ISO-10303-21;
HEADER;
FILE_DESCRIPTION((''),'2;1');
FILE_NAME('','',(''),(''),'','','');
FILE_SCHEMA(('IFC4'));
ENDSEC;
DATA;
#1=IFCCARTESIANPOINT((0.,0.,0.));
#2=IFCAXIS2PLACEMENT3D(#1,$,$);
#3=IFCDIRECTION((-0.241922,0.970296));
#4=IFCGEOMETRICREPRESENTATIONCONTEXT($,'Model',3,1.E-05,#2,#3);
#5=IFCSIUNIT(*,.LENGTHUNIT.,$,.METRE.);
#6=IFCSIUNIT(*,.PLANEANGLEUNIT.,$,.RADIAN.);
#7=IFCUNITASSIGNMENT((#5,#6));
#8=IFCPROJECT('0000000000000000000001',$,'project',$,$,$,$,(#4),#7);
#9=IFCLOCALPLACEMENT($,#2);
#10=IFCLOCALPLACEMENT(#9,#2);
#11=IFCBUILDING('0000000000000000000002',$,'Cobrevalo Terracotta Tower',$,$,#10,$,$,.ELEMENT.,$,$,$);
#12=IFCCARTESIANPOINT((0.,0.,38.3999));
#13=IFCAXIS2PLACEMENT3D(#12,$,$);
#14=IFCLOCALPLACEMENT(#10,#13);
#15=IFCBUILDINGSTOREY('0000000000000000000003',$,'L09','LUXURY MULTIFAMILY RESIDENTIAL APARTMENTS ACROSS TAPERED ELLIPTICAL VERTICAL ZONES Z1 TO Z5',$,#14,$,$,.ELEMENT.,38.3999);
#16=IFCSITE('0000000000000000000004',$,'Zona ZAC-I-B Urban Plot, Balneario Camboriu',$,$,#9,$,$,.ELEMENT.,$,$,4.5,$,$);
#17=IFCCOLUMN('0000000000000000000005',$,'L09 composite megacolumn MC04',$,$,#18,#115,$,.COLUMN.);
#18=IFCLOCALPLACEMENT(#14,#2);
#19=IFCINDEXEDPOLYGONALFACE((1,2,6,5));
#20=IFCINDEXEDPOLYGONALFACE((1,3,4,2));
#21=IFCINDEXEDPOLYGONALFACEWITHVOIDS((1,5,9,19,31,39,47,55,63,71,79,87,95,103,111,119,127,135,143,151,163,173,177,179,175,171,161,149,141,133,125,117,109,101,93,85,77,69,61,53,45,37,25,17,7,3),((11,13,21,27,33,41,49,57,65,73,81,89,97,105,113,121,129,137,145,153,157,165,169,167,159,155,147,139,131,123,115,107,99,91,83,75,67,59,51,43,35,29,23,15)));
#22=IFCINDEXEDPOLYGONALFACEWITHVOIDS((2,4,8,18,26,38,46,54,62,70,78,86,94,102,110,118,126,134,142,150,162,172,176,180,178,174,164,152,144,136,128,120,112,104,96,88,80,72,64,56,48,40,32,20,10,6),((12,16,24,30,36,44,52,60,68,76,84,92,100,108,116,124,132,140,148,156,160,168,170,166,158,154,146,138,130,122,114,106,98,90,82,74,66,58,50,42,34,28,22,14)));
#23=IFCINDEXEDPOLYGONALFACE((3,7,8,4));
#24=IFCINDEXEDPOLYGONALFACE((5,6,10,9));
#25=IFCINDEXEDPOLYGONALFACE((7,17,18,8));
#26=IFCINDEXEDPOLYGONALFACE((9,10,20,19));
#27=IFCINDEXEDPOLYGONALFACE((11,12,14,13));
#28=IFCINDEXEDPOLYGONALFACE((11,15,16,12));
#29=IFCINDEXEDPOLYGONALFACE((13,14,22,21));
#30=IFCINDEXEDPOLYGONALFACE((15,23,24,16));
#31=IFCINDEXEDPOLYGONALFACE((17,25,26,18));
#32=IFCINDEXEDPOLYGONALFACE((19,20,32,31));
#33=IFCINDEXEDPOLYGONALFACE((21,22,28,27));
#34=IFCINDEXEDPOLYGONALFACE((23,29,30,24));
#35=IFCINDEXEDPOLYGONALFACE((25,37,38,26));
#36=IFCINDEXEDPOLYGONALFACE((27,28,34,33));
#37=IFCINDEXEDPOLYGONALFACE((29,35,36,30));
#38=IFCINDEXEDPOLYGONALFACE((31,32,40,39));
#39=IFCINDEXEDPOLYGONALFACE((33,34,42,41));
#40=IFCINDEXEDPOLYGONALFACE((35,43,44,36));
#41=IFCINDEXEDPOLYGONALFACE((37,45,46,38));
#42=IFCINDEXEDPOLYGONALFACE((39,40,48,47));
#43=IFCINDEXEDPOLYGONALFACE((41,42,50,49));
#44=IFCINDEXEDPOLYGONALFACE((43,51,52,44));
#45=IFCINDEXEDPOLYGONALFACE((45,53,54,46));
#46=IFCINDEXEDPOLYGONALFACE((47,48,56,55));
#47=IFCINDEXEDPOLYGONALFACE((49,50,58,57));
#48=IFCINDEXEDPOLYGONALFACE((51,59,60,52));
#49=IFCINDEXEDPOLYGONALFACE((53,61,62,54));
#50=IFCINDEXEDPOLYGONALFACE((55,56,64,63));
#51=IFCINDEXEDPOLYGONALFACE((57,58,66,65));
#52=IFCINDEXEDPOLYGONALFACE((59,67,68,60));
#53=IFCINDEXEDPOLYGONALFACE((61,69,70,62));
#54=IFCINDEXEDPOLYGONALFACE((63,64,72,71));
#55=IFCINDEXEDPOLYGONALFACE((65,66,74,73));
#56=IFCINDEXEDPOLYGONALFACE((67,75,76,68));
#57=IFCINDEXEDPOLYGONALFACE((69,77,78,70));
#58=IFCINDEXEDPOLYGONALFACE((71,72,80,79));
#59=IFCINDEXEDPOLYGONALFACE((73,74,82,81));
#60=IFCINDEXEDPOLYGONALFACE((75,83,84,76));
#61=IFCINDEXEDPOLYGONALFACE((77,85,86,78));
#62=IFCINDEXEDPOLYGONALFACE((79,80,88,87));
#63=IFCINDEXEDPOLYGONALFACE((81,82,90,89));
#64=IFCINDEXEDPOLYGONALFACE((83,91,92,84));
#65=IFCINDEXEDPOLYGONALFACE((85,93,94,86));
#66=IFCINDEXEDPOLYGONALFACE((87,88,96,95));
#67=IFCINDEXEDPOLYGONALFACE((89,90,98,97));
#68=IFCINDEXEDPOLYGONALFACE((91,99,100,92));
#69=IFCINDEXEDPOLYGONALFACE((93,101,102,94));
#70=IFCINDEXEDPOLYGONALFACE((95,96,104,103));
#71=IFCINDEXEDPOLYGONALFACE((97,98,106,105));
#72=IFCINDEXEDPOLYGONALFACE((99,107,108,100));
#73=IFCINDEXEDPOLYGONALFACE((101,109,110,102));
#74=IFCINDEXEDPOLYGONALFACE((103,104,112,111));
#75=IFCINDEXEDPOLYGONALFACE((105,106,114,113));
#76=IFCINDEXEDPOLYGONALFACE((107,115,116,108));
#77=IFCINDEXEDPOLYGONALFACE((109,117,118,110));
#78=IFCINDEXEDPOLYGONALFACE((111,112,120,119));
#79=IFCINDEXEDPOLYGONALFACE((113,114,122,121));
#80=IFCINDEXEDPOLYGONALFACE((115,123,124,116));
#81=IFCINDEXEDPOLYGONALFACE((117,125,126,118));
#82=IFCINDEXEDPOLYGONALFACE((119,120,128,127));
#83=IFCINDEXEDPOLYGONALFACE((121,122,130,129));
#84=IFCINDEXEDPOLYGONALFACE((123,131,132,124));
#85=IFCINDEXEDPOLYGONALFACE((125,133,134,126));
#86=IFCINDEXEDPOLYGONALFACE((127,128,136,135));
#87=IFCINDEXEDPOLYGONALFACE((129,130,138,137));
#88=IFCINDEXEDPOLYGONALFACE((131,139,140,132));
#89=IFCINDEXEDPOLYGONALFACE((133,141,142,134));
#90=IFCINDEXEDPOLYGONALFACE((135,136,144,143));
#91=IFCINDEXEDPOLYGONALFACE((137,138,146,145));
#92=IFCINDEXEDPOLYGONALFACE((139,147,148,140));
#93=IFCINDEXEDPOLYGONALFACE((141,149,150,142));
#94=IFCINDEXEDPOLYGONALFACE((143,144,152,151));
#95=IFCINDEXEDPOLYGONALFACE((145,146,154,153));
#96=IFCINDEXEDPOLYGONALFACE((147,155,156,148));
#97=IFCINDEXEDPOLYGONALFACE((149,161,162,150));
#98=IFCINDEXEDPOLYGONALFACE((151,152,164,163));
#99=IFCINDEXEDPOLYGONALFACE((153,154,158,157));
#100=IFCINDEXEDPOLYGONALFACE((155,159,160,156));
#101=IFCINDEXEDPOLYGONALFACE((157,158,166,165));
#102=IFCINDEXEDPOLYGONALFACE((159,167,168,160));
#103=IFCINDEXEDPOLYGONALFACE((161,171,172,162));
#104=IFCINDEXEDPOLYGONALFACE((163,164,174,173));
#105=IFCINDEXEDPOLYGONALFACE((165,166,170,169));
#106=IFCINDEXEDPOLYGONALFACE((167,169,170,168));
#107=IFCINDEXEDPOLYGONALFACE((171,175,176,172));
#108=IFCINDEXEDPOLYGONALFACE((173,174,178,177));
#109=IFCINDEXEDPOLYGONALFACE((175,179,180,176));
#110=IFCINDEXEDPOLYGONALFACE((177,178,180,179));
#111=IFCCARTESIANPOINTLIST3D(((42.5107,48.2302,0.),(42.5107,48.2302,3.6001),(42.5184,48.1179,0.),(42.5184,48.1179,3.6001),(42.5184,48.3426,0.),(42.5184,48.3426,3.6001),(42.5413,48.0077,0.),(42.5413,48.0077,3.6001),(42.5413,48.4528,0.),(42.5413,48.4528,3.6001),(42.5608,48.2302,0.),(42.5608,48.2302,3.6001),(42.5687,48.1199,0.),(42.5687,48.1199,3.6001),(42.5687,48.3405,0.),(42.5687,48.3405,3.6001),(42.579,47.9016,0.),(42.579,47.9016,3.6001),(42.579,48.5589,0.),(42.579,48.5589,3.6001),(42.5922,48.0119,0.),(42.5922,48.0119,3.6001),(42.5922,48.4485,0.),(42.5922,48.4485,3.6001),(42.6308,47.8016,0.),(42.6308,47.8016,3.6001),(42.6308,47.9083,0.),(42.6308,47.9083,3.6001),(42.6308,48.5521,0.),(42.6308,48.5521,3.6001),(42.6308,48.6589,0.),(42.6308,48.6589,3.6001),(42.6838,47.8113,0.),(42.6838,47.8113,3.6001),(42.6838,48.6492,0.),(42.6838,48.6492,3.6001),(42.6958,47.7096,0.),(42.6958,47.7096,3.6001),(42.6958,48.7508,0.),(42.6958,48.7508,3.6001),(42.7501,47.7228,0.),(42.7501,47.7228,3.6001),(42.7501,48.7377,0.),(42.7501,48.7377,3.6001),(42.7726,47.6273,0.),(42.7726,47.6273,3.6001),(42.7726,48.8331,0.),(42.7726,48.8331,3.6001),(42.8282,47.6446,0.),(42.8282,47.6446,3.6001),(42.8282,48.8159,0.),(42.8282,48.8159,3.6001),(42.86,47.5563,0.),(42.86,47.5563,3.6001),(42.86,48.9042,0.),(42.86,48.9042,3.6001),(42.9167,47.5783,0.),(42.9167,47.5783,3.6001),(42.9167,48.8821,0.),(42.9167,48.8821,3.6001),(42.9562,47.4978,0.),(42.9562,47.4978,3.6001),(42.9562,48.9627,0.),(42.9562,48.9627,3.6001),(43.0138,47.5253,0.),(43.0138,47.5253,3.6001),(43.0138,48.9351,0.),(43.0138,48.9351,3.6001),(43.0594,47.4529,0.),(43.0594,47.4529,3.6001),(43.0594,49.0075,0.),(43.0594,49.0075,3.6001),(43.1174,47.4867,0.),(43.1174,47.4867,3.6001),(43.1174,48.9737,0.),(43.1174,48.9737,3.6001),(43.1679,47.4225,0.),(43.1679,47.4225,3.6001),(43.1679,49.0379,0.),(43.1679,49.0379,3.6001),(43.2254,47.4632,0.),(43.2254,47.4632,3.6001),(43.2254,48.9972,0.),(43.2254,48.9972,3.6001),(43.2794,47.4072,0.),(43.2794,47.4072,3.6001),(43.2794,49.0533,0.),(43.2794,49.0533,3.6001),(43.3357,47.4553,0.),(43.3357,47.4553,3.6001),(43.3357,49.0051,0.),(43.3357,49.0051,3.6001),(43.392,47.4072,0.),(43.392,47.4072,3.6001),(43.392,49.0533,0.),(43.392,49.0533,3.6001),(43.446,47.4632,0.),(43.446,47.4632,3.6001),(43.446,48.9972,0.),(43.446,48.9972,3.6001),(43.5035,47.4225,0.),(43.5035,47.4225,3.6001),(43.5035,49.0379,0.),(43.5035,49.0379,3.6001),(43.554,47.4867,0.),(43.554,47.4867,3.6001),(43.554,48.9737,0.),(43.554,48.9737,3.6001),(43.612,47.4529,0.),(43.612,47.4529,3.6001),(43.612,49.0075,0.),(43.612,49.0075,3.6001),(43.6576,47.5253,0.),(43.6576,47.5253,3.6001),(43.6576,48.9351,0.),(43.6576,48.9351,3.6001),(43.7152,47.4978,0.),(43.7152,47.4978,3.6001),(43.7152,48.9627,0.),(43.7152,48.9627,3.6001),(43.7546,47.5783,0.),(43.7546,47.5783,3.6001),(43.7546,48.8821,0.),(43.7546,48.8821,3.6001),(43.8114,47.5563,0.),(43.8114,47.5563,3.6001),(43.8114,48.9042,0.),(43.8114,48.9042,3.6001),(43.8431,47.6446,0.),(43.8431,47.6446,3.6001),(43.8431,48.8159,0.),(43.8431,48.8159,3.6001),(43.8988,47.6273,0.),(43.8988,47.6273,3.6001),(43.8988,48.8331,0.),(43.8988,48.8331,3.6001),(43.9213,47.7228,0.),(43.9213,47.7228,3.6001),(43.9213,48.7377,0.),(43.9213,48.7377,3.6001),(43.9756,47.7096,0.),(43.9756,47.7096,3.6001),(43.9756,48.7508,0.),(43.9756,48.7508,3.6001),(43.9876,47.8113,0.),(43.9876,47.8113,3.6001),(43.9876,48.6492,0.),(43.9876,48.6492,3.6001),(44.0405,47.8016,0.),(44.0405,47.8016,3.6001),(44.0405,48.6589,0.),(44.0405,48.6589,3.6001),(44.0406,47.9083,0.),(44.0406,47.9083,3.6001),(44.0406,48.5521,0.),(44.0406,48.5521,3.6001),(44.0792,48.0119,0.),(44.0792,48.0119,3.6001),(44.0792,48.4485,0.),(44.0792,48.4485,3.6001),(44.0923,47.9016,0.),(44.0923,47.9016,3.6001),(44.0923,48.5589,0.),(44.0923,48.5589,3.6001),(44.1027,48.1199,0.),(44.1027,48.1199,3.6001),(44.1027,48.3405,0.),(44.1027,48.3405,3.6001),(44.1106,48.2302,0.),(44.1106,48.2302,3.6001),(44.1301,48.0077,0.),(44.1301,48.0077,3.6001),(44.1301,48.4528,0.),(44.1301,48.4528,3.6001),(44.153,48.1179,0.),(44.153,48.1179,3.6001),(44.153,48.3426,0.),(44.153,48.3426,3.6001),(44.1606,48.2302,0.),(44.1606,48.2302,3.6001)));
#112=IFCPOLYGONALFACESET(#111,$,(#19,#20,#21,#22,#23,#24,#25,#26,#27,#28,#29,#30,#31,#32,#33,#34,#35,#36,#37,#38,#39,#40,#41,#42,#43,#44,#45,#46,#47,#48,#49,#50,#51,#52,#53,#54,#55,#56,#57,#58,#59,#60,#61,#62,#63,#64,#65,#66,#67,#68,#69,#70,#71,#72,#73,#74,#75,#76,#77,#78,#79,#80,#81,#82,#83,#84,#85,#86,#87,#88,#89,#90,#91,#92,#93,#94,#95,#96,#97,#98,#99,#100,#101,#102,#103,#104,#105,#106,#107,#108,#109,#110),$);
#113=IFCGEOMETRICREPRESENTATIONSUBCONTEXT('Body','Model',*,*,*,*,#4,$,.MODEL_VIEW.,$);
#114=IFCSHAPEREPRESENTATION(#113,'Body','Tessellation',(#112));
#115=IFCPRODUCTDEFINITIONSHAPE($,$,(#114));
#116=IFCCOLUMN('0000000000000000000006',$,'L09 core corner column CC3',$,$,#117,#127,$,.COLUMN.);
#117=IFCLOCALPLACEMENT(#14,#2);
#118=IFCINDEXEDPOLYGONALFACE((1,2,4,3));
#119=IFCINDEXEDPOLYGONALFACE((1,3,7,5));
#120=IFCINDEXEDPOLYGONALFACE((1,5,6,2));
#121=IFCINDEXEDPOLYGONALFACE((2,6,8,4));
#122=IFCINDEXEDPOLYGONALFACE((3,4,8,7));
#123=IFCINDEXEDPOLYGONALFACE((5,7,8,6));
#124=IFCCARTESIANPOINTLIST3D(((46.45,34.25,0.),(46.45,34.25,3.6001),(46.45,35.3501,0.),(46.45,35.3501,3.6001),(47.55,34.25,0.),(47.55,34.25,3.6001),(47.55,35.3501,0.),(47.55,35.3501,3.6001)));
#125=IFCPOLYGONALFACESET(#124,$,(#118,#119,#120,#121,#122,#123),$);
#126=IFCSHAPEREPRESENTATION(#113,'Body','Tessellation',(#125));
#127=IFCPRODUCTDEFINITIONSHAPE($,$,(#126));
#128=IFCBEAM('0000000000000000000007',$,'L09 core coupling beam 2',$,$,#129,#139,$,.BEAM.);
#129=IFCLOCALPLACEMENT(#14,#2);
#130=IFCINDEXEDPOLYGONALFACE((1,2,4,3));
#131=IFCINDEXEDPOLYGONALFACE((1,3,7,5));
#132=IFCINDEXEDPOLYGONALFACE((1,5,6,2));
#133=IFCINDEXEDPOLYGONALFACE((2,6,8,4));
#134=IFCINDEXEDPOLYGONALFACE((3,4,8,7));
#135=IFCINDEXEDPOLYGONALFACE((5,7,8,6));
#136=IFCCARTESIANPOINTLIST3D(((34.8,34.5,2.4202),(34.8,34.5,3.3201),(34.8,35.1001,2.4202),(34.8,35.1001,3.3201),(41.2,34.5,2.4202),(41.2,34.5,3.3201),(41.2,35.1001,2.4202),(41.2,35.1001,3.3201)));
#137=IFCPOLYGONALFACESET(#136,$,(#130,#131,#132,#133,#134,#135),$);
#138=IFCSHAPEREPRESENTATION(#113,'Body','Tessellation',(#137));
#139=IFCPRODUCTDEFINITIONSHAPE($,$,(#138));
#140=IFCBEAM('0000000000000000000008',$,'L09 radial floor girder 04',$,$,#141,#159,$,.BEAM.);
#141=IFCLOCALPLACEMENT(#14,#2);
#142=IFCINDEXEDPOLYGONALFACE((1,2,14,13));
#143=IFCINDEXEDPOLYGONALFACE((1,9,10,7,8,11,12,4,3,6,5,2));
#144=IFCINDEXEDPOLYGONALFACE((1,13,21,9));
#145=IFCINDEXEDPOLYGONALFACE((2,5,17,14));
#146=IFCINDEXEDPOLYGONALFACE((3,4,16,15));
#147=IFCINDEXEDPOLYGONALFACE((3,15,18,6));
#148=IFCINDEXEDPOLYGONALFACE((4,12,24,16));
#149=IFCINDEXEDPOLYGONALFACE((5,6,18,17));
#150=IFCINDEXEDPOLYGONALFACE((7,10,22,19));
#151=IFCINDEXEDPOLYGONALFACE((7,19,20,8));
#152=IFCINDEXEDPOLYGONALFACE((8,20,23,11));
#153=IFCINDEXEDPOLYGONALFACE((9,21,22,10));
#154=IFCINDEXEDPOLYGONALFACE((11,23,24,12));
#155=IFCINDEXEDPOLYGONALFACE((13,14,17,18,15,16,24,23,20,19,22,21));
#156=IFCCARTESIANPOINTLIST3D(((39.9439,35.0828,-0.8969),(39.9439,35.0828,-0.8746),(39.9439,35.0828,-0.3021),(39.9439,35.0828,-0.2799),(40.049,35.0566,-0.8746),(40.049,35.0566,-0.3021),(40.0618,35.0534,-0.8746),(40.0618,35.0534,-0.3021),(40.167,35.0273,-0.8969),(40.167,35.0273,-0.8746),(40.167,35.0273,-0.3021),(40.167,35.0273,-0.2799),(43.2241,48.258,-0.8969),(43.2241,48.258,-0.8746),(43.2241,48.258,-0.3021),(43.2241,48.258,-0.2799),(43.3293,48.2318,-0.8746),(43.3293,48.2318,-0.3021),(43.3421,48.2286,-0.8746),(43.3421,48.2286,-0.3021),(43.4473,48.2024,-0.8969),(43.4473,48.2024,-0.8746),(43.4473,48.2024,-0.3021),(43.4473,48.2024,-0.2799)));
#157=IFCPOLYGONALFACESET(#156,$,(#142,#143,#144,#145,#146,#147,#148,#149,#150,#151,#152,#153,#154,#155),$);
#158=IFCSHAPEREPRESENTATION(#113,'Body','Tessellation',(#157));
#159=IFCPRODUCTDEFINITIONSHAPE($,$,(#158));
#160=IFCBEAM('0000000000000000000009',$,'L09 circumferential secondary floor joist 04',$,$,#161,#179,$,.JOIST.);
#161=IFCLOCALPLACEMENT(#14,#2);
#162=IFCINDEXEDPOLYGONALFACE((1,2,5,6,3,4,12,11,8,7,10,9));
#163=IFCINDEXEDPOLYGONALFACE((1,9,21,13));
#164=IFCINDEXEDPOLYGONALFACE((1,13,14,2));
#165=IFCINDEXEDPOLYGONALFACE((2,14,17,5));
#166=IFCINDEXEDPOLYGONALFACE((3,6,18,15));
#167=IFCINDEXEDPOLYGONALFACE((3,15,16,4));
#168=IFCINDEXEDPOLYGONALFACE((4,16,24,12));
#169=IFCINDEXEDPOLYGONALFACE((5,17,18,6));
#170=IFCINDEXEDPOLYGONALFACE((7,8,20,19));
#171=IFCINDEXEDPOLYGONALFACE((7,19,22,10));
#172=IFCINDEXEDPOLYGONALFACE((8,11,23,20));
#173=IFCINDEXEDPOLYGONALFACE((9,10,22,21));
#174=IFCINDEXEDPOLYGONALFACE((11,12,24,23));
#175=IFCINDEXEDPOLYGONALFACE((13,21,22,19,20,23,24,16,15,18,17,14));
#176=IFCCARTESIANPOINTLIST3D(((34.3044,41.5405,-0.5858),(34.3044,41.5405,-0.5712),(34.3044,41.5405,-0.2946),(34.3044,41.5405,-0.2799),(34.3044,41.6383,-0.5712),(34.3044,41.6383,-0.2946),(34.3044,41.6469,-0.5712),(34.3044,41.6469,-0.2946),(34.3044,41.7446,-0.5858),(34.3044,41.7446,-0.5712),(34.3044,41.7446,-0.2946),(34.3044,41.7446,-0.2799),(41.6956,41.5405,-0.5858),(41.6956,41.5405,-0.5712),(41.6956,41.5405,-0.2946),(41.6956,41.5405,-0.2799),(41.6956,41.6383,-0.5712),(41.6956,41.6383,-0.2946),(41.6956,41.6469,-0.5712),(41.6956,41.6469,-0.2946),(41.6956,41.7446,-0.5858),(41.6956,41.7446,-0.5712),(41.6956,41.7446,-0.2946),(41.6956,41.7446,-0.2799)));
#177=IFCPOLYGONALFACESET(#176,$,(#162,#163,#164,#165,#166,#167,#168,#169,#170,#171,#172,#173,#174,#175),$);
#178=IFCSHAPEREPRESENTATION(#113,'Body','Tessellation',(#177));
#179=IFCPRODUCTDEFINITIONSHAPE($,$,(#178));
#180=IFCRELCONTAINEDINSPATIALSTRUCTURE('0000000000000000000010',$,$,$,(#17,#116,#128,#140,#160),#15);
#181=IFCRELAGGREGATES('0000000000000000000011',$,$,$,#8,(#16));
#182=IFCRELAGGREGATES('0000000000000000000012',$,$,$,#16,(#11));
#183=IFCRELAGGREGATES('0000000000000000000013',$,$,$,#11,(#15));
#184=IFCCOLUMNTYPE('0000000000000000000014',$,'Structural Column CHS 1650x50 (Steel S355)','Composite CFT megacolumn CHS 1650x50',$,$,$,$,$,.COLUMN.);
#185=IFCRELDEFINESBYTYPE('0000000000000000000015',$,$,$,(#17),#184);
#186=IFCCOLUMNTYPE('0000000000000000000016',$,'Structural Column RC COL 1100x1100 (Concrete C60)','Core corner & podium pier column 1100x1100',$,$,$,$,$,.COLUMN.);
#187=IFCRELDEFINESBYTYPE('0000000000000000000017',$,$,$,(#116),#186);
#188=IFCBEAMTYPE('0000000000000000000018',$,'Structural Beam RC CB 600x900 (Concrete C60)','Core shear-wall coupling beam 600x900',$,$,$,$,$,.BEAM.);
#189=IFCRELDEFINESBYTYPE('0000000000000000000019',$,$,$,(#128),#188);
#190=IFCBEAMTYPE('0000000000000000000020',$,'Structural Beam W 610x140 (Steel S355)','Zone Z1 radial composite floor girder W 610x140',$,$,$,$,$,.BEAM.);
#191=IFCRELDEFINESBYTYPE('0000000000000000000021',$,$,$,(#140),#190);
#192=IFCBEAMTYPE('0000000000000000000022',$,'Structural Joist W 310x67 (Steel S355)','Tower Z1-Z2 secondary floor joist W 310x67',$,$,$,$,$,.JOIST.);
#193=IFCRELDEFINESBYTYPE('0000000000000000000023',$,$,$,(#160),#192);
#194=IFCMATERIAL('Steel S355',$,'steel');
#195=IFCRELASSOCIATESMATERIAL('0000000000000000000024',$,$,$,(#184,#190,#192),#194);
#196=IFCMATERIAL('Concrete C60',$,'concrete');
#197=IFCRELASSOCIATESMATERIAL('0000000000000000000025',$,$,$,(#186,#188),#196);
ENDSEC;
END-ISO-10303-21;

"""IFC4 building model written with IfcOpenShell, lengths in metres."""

from ifc_helpers import new_model, si_unit, direction, frame, origin, origin_2d, place, context, subcontext, project, spatial, rectangle, hollow_circle, i_section, extrude, material, material_profile, profile_set, type_object, element, save


model = new_model("IFC4")

# Units and contexts
model_context = context("Model", 3, precision=1e-05, world=origin(), true_north=direction((-0.241922, 0.970296)))
body_context = subcontext(model_context, "Body", "Model", "MODEL_VIEW")
ifc_project = project(units=[si_unit("LENGTHUNIT", "METRE"), si_unit("PLANEANGLEUNIT", "RADIAN")], contexts=[model_context])

# Site, building, storey
site_placement = place(None, origin())
site = spatial("IfcSite", under=ifc_project, at=site_placement, Name="Zona ZAC-I-B Urban Plot, Balneario Camboriu", CompositionType="ELEMENT", RefElevation=4.5)
building_placement = place(site_placement, origin())
building = spatial("IfcBuilding", under=site, at=building_placement, Name="Cobrevalo Terracotta Tower", CompositionType="ELEMENT")
storey_placement = place(building_placement, frame((0.0, 0.0, 38.3999)))
storey = spatial("IfcBuildingStorey", under=building, at=storey_placement, Name="L09", Description="LUXURY MULTIFAMILY RESIDENTIAL APARTMENTS ACROSS TAPERED ELLIPTICAL VERTICAL ZONES Z1 TO Z5", CompositionType="ELEMENT", Elevation=38.3999)

# Columns
ifc_material_1 = material(Name="Steel S355", Category="steel")
ifc_material_profile_1 = material_profile(ifc_material_1, hollow_circle(Radius=0.825, WallThickness=0.05, at=origin_2d()), Name="CHS 1650x50")
ifc_profile_set_1 = profile_set([ifc_material_profile_1], Name="Steel S355")
column_type_1 = type_object("IfcColumnType", Name="Structural Column CHS 1650x50 (Steel S355)", Description="Composite CFT megacolumn CHS 1650x50", PredefinedType="COLUMN", material=ifc_profile_set_1)
column_1_placement = place(storey_placement, frame((43.3357, 48.2302, 0.0), z_axis=(0.0, 0.0, 1.0), x_axis=(1.0, 0.0, 0.0)))
element("IfcColumn", 1, at=column_1_placement, inside=storey, type_object=column_type_1, Name="L09 composite megacolumn MC04", PredefinedType="COLUMN", context=body_context, shape_type="SweptSolid", body=[
    extrude(hollow_circle(Radius=0.825, WallThickness=0.05, at=origin_2d()), origin(), (0.0, 0.0, 1.0), 3.6001),
])
ifc_material_2 = material(Name="Concrete C60", Category="concrete")
ifc_material_profile_2 = material_profile(ifc_material_2, rectangle(XDim=1.1001, YDim=1.1001, at=origin_2d()), Name="RC COL 1100x1100")
ifc_profile_set_2 = profile_set([ifc_material_profile_2], Name="Concrete C60")
column_type_2 = type_object("IfcColumnType", Name="Structural Column RC COL 1100x1100 (Concrete C60)", Description="Core corner & podium pier column 1100x1100", PredefinedType="COLUMN", material=ifc_profile_set_2)
column_2_placement = place(storey_placement, frame((47.0, 34.8, 0.0), z_axis=(0.0, 0.0, 1.0), x_axis=(1.0, 0.0, 0.0)))
element("IfcColumn", 2, at=column_2_placement, inside=storey, type_object=column_type_2, Name="L09 core corner column CC3", PredefinedType="COLUMN", context=body_context, shape_type="SweptSolid", body=[
    extrude(rectangle(XDim=1.1001, YDim=1.1001, at=origin_2d()), origin(), (0.0, 0.0, 1.0), 3.6001),
])

# Beams
ifc_material_profile_3 = material_profile(ifc_material_2, rectangle(XDim=0.6001, YDim=0.8999, at=origin_2d()), Name="RC CB 600x900")
ifc_profile_set_3 = profile_set([ifc_material_profile_3], Name="Concrete C60")
beam_type_1 = type_object("IfcBeamType", Name="Structural Beam RC CB 600x900 (Concrete C60)", Description="Core shear-wall coupling beam 600x900", PredefinedType="BEAM", material=ifc_profile_set_3)
beam_1_placement = place(storey_placement, frame((34.8, 34.8, 2.8701), z_axis=(1.0, 0.0, 0.0), x_axis=(0.0, 1.0, 0.0)))
element("IfcBeam", 3, at=beam_1_placement, inside=storey, type_object=beam_type_1, Name="L09 core coupling beam 2", PredefinedType="BEAM", context=body_context, shape_type="SweptSolid", body=[
    extrude(rectangle(XDim=0.6001, YDim=0.8999, at=origin_2d()), origin(), (0.0, 0.0, 1.0), 6.3999),
])
ifc_material_profile_4 = material_profile(ifc_material_1, i_section(OverallWidth=0.23, OverallDepth=0.6169, WebThickness=0.0132, FlangeThickness=0.0222, at=origin_2d()), Name="W 610x140")
ifc_profile_set_4 = profile_set([ifc_material_profile_4], Name="Steel S355")
beam_type_2 = type_object("IfcBeamType", Name="Structural Beam W 610x140 (Steel S355)", Description="Zone Z1 radial composite floor girder W 610x140", PredefinedType="BEAM", material=ifc_profile_set_4)
beam_2_placement = place(storey_placement, frame((43.3357, 48.2302, -0.5884), z_axis=(-0.241596, -0.970377, 0.0), x_axis=(0.970377, -0.241596, 0.0)))
element("IfcBeam", 4, at=beam_2_placement, inside=storey, type_object=beam_type_2, Name="L09 radial floor girder 04", PredefinedType="BEAM", context=body_context, shape_type="SweptSolid", body=[
    extrude(i_section(OverallWidth=0.23, OverallDepth=0.6169, WebThickness=0.0132, FlangeThickness=0.0222, at=origin_2d()), origin(), (0.0, 0.0, 1.0), 13.5774),
])
ifc_material_profile_5 = material_profile(ifc_material_1, i_section(OverallWidth=0.2041, OverallDepth=0.3059, WebThickness=0.0085, FlangeThickness=0.0146, at=origin_2d()), Name="W 310x67")
ifc_profile_set_5 = profile_set([ifc_material_profile_5], Name="Steel S355")
beam_type_3 = type_object("IfcBeamType", Name="Structural Joist W 310x67 (Steel S355)", Description="Tower Z1-Z2 secondary floor joist W 310x67", PredefinedType="JOIST", material=ifc_profile_set_5)
beam_3_placement = place(storey_placement, frame((41.6956, 41.6426, -0.4329), z_axis=(-1.0, 0.0, 0.0), x_axis=(0.0, -1.0, 0.0)))
element("IfcBeam", 5, at=beam_3_placement, inside=storey, type_object=beam_type_3, Name="L09 circumferential secondary floor joist 04", PredefinedType="JOIST", context=body_context, shape_type="SweptSolid", body=[
    extrude(i_section(OverallWidth=0.2041, OverallDepth=0.3059, WebThickness=0.0085, FlangeThickness=0.0146, at=origin_2d()), origin(), (0.0, 0.0, 1.0), 7.3911),
])

save(model, "model.ifc")
